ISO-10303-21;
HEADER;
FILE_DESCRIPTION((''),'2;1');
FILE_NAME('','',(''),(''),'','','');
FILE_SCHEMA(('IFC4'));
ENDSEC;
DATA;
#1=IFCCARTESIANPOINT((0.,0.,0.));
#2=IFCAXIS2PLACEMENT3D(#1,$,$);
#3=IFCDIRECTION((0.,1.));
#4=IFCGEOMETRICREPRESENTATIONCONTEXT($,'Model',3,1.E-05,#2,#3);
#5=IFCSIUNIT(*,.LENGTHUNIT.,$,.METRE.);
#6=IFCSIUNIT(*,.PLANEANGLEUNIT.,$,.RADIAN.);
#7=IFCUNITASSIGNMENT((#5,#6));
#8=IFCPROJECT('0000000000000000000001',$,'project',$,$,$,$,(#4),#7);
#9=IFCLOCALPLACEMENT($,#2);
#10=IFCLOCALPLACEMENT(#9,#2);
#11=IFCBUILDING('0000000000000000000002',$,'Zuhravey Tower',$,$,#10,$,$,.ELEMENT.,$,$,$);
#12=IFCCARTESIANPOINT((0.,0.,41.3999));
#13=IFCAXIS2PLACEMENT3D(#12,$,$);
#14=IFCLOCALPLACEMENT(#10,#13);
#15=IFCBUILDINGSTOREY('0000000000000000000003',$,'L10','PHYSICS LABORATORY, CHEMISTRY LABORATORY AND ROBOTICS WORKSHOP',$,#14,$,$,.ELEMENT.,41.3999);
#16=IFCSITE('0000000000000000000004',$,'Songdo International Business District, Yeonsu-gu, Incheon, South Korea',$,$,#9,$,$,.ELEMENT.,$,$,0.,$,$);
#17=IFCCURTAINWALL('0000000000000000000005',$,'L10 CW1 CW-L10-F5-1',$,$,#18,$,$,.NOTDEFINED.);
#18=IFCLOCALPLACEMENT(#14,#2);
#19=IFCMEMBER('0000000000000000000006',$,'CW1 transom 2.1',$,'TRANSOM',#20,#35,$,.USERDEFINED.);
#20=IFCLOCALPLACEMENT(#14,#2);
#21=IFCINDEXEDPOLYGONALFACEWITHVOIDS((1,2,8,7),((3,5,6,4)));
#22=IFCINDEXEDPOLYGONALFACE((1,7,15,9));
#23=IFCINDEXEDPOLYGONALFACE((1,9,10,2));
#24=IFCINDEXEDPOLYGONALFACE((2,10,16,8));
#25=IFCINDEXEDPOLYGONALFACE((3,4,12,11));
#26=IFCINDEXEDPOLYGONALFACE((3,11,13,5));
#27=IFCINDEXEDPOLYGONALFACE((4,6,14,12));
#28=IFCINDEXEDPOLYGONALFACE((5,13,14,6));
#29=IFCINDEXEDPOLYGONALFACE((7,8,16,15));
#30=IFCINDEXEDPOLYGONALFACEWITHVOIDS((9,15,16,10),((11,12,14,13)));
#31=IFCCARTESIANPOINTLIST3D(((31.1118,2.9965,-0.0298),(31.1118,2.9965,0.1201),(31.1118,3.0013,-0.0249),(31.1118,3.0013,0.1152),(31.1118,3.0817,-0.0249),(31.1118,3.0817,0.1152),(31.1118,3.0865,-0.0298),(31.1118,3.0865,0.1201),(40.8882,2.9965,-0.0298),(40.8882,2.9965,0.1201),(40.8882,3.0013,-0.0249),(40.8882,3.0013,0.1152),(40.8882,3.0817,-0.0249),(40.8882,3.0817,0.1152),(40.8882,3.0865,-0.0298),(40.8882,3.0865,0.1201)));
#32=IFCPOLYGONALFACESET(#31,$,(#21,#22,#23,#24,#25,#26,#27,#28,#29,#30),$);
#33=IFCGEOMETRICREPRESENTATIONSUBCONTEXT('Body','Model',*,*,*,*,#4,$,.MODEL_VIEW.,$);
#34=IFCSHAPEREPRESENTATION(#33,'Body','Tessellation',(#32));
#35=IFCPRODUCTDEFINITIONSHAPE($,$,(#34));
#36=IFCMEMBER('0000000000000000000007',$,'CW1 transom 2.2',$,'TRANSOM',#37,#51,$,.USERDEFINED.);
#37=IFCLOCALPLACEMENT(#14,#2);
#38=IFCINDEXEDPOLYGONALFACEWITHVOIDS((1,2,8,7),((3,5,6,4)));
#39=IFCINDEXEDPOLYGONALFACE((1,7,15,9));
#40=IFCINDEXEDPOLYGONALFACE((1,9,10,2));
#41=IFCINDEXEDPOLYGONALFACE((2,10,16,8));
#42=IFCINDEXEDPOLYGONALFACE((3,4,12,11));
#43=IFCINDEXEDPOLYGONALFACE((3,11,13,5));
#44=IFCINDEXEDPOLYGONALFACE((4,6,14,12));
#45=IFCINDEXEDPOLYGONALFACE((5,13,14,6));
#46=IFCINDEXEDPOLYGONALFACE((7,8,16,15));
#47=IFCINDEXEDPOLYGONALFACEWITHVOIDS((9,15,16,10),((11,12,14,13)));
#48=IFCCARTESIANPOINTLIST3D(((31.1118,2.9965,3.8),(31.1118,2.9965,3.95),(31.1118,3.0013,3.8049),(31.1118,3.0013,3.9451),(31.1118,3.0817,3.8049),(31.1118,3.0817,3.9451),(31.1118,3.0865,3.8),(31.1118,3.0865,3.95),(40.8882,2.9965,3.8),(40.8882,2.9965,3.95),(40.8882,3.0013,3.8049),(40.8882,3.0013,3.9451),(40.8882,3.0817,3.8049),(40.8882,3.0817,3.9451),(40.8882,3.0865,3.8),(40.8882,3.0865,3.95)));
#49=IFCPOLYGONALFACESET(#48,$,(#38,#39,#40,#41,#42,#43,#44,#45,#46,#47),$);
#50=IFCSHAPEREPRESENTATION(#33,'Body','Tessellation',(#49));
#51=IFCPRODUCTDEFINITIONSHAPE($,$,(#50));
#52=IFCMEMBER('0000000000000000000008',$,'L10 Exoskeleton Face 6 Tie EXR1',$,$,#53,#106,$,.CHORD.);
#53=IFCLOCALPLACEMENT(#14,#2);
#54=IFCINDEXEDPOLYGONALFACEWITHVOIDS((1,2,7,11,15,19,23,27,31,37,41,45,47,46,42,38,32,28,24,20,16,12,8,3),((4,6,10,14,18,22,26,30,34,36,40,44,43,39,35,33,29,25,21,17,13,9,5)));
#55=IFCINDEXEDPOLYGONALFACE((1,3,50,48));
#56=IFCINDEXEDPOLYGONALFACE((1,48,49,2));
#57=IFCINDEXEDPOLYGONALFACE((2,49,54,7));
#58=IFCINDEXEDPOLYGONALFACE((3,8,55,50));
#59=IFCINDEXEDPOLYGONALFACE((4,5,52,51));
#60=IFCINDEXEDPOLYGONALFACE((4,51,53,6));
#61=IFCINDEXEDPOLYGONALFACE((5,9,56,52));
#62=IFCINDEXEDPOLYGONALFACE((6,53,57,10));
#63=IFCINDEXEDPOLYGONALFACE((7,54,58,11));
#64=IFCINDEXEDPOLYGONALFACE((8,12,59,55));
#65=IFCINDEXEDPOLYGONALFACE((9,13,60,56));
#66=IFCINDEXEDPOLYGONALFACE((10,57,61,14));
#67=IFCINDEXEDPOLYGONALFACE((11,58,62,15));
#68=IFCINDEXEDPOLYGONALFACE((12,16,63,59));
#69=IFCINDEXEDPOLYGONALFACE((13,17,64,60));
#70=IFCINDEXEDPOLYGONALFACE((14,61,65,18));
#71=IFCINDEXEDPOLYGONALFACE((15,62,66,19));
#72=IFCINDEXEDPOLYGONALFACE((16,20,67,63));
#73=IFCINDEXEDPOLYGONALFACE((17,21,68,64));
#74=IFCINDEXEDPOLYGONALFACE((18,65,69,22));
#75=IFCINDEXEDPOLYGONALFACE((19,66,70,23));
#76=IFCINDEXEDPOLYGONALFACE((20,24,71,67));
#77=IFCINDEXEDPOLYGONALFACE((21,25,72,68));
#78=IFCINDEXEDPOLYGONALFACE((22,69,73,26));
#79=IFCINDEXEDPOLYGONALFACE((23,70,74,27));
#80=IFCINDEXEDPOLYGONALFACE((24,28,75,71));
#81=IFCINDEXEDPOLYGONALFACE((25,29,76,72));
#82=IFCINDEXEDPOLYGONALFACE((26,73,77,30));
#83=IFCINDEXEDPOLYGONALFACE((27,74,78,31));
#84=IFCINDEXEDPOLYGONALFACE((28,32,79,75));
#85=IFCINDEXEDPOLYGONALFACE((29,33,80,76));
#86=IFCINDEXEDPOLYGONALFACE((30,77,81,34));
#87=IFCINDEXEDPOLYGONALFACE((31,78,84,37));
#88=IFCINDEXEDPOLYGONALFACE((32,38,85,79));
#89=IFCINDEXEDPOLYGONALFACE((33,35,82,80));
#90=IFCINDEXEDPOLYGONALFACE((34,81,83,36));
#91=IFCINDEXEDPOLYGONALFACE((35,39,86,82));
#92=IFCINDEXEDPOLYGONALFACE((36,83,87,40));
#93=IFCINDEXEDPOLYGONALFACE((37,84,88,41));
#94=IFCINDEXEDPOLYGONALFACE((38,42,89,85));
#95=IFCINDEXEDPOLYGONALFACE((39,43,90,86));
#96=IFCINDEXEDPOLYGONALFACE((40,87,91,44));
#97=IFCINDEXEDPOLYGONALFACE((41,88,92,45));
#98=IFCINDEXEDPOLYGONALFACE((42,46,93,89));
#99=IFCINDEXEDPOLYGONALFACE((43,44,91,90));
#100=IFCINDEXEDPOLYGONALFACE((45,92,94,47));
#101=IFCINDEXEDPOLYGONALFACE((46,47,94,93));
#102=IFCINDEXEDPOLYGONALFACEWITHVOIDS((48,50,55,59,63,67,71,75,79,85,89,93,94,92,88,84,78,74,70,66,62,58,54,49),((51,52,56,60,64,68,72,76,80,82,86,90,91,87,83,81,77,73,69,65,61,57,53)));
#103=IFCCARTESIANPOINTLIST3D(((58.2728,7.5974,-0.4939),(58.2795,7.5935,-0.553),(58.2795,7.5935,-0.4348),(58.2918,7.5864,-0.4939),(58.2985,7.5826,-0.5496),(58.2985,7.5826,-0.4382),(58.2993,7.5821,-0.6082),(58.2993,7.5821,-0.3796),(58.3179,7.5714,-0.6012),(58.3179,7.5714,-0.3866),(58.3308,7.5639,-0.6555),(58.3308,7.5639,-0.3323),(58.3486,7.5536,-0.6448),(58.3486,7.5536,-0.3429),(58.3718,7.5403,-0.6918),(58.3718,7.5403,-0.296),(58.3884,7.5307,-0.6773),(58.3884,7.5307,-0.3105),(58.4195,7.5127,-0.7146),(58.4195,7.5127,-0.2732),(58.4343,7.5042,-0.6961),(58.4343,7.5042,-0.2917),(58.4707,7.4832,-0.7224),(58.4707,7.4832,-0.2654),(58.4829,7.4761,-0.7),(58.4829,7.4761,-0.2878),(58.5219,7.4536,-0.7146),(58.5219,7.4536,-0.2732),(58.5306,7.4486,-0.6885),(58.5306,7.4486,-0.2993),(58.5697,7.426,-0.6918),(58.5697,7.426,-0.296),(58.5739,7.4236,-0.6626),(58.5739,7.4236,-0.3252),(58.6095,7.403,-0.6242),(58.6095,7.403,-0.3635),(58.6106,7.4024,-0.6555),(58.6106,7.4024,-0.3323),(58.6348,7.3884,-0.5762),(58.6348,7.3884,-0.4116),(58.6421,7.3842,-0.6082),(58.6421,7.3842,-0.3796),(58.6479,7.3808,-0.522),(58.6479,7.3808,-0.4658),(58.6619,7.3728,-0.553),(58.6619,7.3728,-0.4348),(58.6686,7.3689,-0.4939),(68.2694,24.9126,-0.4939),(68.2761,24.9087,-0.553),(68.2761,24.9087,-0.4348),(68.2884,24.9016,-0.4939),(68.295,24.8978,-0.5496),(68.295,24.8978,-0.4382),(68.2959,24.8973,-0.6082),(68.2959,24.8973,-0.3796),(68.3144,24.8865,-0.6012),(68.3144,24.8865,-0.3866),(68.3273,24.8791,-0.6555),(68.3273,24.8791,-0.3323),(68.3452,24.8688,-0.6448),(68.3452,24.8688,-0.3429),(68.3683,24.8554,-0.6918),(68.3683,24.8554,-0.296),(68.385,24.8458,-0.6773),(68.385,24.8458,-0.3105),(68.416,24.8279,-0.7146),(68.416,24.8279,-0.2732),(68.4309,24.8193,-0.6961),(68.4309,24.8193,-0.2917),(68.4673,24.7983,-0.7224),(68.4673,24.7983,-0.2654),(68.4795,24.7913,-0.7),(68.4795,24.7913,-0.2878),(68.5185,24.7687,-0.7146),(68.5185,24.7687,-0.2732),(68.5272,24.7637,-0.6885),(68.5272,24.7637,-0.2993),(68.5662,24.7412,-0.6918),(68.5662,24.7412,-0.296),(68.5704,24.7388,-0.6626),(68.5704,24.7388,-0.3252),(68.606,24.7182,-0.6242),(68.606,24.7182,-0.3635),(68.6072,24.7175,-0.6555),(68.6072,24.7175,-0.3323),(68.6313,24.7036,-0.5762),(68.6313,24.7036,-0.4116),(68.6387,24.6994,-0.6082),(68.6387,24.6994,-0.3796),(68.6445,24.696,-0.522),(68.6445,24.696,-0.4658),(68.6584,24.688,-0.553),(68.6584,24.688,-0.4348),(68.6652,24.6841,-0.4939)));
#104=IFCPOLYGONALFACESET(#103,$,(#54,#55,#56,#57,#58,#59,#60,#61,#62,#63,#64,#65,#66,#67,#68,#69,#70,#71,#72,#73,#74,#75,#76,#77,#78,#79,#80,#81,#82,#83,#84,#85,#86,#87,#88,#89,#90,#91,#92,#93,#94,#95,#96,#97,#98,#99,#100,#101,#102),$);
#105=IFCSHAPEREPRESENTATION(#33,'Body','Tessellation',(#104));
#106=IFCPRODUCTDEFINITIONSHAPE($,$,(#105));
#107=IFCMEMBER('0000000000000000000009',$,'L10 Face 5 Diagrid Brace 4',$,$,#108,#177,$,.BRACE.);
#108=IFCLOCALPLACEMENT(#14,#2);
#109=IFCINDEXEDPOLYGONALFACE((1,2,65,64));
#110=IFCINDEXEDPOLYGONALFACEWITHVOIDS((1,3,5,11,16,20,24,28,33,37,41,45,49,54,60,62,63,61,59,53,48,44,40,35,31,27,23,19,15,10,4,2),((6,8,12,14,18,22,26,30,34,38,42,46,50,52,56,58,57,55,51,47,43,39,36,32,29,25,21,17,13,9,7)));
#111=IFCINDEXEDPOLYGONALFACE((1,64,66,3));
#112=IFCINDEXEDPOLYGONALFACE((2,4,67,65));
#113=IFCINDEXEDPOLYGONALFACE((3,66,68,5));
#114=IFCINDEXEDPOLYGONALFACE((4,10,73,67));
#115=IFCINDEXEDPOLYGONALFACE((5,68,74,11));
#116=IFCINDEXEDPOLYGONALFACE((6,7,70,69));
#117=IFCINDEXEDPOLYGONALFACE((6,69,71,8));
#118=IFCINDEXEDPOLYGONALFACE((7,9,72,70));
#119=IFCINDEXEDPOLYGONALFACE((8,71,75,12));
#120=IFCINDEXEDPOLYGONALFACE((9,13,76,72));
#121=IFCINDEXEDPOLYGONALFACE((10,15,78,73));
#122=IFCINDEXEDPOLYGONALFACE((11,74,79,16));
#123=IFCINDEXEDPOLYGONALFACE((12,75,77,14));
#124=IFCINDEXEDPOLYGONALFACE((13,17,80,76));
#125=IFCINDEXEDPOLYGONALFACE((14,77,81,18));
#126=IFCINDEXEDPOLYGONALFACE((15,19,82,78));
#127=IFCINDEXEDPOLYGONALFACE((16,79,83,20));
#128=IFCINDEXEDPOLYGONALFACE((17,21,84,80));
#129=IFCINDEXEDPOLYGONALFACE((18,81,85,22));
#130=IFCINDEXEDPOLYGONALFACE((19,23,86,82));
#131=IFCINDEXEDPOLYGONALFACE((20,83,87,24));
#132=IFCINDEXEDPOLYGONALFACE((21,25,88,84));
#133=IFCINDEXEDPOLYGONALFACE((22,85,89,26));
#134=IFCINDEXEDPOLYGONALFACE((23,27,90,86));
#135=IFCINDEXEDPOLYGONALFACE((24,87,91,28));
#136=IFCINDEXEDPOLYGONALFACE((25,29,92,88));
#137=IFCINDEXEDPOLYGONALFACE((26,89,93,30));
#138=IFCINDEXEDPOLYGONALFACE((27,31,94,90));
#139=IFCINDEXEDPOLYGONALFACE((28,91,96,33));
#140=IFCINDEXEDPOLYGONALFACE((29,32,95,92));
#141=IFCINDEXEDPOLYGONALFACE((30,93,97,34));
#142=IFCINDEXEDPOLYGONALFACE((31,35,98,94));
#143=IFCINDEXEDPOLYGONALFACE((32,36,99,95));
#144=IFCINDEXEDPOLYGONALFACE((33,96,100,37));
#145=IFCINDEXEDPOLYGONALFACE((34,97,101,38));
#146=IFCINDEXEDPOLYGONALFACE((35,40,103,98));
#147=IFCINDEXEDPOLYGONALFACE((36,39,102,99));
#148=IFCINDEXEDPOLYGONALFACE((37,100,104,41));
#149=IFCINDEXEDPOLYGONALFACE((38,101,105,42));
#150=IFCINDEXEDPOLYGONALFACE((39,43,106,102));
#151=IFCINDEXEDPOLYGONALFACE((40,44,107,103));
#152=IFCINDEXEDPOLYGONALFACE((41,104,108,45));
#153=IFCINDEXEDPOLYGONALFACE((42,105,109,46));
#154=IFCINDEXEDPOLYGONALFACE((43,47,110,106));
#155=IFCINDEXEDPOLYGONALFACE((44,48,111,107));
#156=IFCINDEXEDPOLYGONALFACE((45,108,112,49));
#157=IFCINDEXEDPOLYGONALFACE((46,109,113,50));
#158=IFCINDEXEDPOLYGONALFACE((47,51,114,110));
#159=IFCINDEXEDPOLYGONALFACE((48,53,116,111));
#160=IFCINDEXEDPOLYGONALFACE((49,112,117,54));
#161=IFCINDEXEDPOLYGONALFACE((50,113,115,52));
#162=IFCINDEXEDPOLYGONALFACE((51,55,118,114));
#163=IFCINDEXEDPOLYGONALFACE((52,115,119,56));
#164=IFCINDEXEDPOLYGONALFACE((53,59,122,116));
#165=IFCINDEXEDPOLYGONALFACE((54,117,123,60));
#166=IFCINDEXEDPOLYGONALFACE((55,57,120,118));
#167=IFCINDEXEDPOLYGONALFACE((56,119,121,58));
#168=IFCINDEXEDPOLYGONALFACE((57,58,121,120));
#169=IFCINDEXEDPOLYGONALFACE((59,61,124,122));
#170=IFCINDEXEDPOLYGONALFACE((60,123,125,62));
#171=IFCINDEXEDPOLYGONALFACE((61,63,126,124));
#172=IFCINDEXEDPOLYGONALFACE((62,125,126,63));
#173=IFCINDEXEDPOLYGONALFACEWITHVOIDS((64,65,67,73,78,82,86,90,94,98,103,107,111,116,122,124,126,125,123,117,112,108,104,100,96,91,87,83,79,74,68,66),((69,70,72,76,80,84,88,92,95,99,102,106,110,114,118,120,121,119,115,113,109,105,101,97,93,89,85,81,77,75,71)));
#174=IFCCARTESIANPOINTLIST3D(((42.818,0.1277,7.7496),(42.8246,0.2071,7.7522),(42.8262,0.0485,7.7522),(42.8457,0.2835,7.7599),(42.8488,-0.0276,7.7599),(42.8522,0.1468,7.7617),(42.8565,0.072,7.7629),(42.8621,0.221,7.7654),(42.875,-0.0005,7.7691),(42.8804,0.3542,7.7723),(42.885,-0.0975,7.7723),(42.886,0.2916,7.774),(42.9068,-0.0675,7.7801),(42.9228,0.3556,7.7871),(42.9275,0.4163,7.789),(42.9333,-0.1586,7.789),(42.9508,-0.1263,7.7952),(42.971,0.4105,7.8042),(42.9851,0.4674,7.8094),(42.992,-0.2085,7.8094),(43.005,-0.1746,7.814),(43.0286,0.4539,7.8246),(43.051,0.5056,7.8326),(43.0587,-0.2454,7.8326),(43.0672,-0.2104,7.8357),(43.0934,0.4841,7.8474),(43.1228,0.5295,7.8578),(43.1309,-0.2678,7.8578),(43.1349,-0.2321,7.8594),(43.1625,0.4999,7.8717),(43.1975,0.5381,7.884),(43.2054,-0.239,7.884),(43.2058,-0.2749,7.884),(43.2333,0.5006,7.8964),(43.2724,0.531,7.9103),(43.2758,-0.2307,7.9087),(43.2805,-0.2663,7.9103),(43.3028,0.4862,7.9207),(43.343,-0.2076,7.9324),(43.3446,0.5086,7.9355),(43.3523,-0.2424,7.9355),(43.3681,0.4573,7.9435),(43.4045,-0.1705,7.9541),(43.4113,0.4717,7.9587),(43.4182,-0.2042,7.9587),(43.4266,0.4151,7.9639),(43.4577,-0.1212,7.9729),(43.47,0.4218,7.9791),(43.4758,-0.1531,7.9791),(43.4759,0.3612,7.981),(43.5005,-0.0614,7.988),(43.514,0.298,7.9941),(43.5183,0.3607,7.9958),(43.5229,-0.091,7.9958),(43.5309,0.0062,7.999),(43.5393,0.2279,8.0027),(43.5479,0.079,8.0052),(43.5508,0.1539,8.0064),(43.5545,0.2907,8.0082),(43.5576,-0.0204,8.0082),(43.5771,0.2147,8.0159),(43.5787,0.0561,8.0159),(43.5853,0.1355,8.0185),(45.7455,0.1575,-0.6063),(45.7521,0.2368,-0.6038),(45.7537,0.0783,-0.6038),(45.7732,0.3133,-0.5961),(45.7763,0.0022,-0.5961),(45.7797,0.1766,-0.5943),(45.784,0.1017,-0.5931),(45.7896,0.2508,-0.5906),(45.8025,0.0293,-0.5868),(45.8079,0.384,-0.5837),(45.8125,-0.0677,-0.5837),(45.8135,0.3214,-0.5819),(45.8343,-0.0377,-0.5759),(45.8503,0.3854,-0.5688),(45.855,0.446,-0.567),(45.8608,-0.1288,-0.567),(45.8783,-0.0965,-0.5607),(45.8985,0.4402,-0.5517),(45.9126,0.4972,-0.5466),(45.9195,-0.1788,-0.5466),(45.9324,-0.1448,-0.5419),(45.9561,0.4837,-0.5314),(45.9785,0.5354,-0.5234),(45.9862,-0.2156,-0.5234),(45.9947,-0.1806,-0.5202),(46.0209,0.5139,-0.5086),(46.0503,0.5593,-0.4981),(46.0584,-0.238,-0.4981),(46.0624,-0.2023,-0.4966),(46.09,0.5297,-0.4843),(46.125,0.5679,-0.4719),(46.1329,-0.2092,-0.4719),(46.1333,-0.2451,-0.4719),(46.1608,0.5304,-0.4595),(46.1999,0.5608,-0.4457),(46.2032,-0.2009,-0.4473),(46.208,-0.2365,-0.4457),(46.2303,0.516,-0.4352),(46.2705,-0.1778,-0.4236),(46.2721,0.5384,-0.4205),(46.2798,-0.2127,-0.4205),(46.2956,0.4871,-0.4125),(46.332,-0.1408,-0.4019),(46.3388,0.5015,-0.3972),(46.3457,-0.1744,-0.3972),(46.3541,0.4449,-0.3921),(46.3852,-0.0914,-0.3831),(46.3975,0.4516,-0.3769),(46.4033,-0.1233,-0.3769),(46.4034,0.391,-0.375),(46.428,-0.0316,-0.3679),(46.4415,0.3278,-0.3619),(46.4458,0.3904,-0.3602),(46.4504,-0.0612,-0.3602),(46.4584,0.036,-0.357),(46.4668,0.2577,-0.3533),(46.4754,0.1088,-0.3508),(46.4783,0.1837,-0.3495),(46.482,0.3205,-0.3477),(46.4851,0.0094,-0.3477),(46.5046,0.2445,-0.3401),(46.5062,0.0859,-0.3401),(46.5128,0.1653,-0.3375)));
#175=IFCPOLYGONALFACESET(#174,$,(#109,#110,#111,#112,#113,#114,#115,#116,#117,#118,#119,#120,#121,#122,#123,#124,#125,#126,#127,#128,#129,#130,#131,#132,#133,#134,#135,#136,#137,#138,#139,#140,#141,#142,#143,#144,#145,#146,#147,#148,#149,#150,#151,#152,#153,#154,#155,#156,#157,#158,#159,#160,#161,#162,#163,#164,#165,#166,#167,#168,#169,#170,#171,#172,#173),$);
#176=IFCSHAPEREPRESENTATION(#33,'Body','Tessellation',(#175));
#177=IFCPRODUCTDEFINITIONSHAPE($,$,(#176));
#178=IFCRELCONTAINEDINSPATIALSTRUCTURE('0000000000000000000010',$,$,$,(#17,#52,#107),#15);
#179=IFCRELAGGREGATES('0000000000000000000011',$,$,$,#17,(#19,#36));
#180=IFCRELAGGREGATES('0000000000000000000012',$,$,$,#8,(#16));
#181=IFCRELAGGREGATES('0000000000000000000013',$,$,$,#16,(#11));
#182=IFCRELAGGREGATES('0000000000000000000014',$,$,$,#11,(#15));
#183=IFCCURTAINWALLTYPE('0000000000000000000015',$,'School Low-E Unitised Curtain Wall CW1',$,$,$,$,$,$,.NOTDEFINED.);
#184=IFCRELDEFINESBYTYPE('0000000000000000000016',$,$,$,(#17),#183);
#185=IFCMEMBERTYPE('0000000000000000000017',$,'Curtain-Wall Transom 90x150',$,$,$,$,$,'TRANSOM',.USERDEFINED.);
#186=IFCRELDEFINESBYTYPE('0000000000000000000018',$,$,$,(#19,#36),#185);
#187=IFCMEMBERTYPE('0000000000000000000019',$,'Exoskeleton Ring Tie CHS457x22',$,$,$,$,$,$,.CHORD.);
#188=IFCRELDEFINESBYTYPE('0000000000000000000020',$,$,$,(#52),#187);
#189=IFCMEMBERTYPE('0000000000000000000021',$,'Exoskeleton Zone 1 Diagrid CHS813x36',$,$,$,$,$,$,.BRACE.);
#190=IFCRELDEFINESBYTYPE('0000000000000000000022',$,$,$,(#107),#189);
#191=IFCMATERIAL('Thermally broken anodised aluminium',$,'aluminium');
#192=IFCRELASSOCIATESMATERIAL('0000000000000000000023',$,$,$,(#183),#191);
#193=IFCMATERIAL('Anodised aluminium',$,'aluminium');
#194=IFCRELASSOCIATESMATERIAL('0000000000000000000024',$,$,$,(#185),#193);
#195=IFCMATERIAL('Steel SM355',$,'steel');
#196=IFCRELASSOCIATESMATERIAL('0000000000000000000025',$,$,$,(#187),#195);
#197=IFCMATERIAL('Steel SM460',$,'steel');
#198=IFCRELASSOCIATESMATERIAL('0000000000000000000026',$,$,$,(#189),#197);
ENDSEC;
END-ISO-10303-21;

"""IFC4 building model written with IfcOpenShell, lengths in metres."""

from ifc_helpers import new_model, si_unit, direction, frame, origin, origin_2d, place, context, subcontext, project, spatial, hollow_rectangle, hollow_circle, extrude, material, material_profile, profile_set, type_object, element, aggregate, save


model = new_model("IFC4")

# Units and contexts
model_context = context("Model", 3, precision=1e-05, world=origin(), true_north=direction((0.0, 1.0)))
body_context = subcontext(model_context, "Body", "Model", "MODEL_VIEW")
ifc_project = project(units=[si_unit("LENGTHUNIT", "METRE"), si_unit("PLANEANGLEUNIT", "RADIAN")], contexts=[model_context])

# Site, building, storey
site_placement = place(None, origin())
site = spatial("IfcSite", under=ifc_project, at=site_placement, Name="Songdo International Business District, Yeonsu-gu, Incheon, South Korea", CompositionType="ELEMENT", RefElevation=0.0)
building_placement = place(site_placement, origin())
building = spatial("IfcBuilding", under=site, at=building_placement, Name="Zuhravey Tower", CompositionType="ELEMENT")
storey_placement = place(building_placement, frame((0.0, 0.0, 41.3999)))
storey = spatial("IfcBuildingStorey", under=building, at=storey_placement, Name="L10", Description="PHYSICS LABORATORY, CHEMISTRY LABORATORY AND ROBOTICS WORKSHOP", CompositionType="ELEMENT", Elevation=41.3999)

# Curtain wall
ifc_material_1 = material(Name="Thermally broken anodised aluminium", Category="aluminium")
curtain_wall_type = type_object("IfcCurtainWallType", Name="School Low-E Unitised Curtain Wall CW1", PredefinedType="NOTDEFINED", material=ifc_material_1)
ifc_material_2 = material(Name="Anodised aluminium", Category="aluminium")
curtain_wall_1_placement = place(storey_placement, origin())
curtain_wall_1 = element("IfcCurtainWall", 1, at=curtain_wall_1_placement, inside=storey, type_object=curtain_wall_type, Name="L10 CW1 CW-L10-F5-1", PredefinedType="NOTDEFINED")

# Members
ifc_material_profile_1 = material_profile(ifc_material_2, hollow_rectangle(XDim=0.0901, YDim=0.1499, WallThickness=0.0049, at=origin_2d()), Name="ALU-RHS-90x150x5")
ifc_profile_set_1 = profile_set([ifc_material_profile_1], Name="Anodised aluminium")
member_type_1 = type_object("IfcMemberType", Name="Curtain-Wall Transom 90x150", ElementType="TRANSOM", PredefinedType="USERDEFINED", material=ifc_profile_set_1)
member_1_placement = place(storey_placement, frame((40.8882, 3.0415, 0.0452), z_axis=(-1.0, 0.0, 0.0), x_axis=(0.0, -1.0, 0.0)))
member_1 = element("IfcMember", 2, at=member_1_placement, type_object=member_type_1, Name="CW1 transom 2.1", ObjectType="TRANSOM", PredefinedType="USERDEFINED", context=body_context, shape_type="SweptSolid", body=[
    extrude(hollow_rectangle(XDim=0.0901, YDim=0.1499, WallThickness=0.0049, at=origin_2d()), origin(), (0.0, 0.0, 1.0), 9.7764),
])
member_2_placement = place(storey_placement, frame((40.8882, 3.0415, 3.875), z_axis=(-1.0, 0.0, 0.0), x_axis=(0.0, -1.0, 0.0)))
member_2 = element("IfcMember", 3, at=member_2_placement, type_object=member_type_1, Name="CW1 transom 2.2", ObjectType="TRANSOM", PredefinedType="USERDEFINED", context=body_context, shape_type="SweptSolid", body=[
    extrude(hollow_rectangle(XDim=0.0901, YDim=0.1499, WallThickness=0.0049, at=origin_2d()), origin(), (0.0, 0.0, 1.0), 9.7764),
])

# Members
ifc_material_3 = material(Name="Steel SM355", Category="steel")
ifc_material_profile_2 = material_profile(ifc_material_3, hollow_circle(Radius=0.2285, WallThickness=0.022, at=origin_2d()), Name="CHS-457.2x22")
ifc_profile_set_2 = profile_set([ifc_material_profile_2], Name="Steel SM355")
member_type_2 = type_object("IfcMemberType", Name="Exoskeleton Ring Tie CHS457x22", PredefinedType="CHORD", material=ifc_profile_set_2)
member_3_placement = place(storey_placement, frame((58.4707, 7.4832, -0.4939), z_axis=(0.499987, 0.866033, 0.0), x_axis=(-0.866033, 0.499987, 0.0)))
element("IfcMember", 4, at=member_3_placement, inside=storey, type_object=member_type_2, Name="L10 Exoskeleton Face 6 Tie EXR1", PredefinedType="CHORD", context=body_context, shape_type="SweptSolid", body=[
    extrude(hollow_circle(Radius=0.2285, WallThickness=0.022, at=origin_2d()), origin(), (0.0, 0.0, 1.0), 19.9937),
])
ifc_material_4 = material(Name="Steel SM460", Category="steel")
ifc_material_profile_3 = material_profile(ifc_material_4, hollow_circle(Radius=0.4065, WallThickness=0.0359, at=origin_2d()), Name="CHS-812.8x36")
ifc_profile_set_3 = profile_set([ifc_material_profile_3], Name="Steel SM460")
member_type_3 = type_object("IfcMemberType", Name="Exoskeleton Zone 1 Diagrid CHS813x36", PredefinedType="BRACE", material=ifc_profile_set_3)
member_4_placement = place(storey_placement, frame((46.1292, 0.1614, -0.4719), z_axis=(-0.330641, -0.003364, 0.943751), x_axis=(0.010174, -0.999948, 0.0)))
element("IfcMember", 5, at=member_4_placement, inside=storey, type_object=member_type_3, Name="L10 Face 5 Diagrid Brace 4", PredefinedType="BRACE", context=body_context, shape_type="SweptSolid", body=[
    extrude(hollow_circle(Radius=0.4065, WallThickness=0.0359, at=origin_2d()), origin(), (0.0, 0.0, 1.0), 8.854),
])

aggregate(curtain_wall_1, [member_1, member_2])

save(model, "model.ifc")
